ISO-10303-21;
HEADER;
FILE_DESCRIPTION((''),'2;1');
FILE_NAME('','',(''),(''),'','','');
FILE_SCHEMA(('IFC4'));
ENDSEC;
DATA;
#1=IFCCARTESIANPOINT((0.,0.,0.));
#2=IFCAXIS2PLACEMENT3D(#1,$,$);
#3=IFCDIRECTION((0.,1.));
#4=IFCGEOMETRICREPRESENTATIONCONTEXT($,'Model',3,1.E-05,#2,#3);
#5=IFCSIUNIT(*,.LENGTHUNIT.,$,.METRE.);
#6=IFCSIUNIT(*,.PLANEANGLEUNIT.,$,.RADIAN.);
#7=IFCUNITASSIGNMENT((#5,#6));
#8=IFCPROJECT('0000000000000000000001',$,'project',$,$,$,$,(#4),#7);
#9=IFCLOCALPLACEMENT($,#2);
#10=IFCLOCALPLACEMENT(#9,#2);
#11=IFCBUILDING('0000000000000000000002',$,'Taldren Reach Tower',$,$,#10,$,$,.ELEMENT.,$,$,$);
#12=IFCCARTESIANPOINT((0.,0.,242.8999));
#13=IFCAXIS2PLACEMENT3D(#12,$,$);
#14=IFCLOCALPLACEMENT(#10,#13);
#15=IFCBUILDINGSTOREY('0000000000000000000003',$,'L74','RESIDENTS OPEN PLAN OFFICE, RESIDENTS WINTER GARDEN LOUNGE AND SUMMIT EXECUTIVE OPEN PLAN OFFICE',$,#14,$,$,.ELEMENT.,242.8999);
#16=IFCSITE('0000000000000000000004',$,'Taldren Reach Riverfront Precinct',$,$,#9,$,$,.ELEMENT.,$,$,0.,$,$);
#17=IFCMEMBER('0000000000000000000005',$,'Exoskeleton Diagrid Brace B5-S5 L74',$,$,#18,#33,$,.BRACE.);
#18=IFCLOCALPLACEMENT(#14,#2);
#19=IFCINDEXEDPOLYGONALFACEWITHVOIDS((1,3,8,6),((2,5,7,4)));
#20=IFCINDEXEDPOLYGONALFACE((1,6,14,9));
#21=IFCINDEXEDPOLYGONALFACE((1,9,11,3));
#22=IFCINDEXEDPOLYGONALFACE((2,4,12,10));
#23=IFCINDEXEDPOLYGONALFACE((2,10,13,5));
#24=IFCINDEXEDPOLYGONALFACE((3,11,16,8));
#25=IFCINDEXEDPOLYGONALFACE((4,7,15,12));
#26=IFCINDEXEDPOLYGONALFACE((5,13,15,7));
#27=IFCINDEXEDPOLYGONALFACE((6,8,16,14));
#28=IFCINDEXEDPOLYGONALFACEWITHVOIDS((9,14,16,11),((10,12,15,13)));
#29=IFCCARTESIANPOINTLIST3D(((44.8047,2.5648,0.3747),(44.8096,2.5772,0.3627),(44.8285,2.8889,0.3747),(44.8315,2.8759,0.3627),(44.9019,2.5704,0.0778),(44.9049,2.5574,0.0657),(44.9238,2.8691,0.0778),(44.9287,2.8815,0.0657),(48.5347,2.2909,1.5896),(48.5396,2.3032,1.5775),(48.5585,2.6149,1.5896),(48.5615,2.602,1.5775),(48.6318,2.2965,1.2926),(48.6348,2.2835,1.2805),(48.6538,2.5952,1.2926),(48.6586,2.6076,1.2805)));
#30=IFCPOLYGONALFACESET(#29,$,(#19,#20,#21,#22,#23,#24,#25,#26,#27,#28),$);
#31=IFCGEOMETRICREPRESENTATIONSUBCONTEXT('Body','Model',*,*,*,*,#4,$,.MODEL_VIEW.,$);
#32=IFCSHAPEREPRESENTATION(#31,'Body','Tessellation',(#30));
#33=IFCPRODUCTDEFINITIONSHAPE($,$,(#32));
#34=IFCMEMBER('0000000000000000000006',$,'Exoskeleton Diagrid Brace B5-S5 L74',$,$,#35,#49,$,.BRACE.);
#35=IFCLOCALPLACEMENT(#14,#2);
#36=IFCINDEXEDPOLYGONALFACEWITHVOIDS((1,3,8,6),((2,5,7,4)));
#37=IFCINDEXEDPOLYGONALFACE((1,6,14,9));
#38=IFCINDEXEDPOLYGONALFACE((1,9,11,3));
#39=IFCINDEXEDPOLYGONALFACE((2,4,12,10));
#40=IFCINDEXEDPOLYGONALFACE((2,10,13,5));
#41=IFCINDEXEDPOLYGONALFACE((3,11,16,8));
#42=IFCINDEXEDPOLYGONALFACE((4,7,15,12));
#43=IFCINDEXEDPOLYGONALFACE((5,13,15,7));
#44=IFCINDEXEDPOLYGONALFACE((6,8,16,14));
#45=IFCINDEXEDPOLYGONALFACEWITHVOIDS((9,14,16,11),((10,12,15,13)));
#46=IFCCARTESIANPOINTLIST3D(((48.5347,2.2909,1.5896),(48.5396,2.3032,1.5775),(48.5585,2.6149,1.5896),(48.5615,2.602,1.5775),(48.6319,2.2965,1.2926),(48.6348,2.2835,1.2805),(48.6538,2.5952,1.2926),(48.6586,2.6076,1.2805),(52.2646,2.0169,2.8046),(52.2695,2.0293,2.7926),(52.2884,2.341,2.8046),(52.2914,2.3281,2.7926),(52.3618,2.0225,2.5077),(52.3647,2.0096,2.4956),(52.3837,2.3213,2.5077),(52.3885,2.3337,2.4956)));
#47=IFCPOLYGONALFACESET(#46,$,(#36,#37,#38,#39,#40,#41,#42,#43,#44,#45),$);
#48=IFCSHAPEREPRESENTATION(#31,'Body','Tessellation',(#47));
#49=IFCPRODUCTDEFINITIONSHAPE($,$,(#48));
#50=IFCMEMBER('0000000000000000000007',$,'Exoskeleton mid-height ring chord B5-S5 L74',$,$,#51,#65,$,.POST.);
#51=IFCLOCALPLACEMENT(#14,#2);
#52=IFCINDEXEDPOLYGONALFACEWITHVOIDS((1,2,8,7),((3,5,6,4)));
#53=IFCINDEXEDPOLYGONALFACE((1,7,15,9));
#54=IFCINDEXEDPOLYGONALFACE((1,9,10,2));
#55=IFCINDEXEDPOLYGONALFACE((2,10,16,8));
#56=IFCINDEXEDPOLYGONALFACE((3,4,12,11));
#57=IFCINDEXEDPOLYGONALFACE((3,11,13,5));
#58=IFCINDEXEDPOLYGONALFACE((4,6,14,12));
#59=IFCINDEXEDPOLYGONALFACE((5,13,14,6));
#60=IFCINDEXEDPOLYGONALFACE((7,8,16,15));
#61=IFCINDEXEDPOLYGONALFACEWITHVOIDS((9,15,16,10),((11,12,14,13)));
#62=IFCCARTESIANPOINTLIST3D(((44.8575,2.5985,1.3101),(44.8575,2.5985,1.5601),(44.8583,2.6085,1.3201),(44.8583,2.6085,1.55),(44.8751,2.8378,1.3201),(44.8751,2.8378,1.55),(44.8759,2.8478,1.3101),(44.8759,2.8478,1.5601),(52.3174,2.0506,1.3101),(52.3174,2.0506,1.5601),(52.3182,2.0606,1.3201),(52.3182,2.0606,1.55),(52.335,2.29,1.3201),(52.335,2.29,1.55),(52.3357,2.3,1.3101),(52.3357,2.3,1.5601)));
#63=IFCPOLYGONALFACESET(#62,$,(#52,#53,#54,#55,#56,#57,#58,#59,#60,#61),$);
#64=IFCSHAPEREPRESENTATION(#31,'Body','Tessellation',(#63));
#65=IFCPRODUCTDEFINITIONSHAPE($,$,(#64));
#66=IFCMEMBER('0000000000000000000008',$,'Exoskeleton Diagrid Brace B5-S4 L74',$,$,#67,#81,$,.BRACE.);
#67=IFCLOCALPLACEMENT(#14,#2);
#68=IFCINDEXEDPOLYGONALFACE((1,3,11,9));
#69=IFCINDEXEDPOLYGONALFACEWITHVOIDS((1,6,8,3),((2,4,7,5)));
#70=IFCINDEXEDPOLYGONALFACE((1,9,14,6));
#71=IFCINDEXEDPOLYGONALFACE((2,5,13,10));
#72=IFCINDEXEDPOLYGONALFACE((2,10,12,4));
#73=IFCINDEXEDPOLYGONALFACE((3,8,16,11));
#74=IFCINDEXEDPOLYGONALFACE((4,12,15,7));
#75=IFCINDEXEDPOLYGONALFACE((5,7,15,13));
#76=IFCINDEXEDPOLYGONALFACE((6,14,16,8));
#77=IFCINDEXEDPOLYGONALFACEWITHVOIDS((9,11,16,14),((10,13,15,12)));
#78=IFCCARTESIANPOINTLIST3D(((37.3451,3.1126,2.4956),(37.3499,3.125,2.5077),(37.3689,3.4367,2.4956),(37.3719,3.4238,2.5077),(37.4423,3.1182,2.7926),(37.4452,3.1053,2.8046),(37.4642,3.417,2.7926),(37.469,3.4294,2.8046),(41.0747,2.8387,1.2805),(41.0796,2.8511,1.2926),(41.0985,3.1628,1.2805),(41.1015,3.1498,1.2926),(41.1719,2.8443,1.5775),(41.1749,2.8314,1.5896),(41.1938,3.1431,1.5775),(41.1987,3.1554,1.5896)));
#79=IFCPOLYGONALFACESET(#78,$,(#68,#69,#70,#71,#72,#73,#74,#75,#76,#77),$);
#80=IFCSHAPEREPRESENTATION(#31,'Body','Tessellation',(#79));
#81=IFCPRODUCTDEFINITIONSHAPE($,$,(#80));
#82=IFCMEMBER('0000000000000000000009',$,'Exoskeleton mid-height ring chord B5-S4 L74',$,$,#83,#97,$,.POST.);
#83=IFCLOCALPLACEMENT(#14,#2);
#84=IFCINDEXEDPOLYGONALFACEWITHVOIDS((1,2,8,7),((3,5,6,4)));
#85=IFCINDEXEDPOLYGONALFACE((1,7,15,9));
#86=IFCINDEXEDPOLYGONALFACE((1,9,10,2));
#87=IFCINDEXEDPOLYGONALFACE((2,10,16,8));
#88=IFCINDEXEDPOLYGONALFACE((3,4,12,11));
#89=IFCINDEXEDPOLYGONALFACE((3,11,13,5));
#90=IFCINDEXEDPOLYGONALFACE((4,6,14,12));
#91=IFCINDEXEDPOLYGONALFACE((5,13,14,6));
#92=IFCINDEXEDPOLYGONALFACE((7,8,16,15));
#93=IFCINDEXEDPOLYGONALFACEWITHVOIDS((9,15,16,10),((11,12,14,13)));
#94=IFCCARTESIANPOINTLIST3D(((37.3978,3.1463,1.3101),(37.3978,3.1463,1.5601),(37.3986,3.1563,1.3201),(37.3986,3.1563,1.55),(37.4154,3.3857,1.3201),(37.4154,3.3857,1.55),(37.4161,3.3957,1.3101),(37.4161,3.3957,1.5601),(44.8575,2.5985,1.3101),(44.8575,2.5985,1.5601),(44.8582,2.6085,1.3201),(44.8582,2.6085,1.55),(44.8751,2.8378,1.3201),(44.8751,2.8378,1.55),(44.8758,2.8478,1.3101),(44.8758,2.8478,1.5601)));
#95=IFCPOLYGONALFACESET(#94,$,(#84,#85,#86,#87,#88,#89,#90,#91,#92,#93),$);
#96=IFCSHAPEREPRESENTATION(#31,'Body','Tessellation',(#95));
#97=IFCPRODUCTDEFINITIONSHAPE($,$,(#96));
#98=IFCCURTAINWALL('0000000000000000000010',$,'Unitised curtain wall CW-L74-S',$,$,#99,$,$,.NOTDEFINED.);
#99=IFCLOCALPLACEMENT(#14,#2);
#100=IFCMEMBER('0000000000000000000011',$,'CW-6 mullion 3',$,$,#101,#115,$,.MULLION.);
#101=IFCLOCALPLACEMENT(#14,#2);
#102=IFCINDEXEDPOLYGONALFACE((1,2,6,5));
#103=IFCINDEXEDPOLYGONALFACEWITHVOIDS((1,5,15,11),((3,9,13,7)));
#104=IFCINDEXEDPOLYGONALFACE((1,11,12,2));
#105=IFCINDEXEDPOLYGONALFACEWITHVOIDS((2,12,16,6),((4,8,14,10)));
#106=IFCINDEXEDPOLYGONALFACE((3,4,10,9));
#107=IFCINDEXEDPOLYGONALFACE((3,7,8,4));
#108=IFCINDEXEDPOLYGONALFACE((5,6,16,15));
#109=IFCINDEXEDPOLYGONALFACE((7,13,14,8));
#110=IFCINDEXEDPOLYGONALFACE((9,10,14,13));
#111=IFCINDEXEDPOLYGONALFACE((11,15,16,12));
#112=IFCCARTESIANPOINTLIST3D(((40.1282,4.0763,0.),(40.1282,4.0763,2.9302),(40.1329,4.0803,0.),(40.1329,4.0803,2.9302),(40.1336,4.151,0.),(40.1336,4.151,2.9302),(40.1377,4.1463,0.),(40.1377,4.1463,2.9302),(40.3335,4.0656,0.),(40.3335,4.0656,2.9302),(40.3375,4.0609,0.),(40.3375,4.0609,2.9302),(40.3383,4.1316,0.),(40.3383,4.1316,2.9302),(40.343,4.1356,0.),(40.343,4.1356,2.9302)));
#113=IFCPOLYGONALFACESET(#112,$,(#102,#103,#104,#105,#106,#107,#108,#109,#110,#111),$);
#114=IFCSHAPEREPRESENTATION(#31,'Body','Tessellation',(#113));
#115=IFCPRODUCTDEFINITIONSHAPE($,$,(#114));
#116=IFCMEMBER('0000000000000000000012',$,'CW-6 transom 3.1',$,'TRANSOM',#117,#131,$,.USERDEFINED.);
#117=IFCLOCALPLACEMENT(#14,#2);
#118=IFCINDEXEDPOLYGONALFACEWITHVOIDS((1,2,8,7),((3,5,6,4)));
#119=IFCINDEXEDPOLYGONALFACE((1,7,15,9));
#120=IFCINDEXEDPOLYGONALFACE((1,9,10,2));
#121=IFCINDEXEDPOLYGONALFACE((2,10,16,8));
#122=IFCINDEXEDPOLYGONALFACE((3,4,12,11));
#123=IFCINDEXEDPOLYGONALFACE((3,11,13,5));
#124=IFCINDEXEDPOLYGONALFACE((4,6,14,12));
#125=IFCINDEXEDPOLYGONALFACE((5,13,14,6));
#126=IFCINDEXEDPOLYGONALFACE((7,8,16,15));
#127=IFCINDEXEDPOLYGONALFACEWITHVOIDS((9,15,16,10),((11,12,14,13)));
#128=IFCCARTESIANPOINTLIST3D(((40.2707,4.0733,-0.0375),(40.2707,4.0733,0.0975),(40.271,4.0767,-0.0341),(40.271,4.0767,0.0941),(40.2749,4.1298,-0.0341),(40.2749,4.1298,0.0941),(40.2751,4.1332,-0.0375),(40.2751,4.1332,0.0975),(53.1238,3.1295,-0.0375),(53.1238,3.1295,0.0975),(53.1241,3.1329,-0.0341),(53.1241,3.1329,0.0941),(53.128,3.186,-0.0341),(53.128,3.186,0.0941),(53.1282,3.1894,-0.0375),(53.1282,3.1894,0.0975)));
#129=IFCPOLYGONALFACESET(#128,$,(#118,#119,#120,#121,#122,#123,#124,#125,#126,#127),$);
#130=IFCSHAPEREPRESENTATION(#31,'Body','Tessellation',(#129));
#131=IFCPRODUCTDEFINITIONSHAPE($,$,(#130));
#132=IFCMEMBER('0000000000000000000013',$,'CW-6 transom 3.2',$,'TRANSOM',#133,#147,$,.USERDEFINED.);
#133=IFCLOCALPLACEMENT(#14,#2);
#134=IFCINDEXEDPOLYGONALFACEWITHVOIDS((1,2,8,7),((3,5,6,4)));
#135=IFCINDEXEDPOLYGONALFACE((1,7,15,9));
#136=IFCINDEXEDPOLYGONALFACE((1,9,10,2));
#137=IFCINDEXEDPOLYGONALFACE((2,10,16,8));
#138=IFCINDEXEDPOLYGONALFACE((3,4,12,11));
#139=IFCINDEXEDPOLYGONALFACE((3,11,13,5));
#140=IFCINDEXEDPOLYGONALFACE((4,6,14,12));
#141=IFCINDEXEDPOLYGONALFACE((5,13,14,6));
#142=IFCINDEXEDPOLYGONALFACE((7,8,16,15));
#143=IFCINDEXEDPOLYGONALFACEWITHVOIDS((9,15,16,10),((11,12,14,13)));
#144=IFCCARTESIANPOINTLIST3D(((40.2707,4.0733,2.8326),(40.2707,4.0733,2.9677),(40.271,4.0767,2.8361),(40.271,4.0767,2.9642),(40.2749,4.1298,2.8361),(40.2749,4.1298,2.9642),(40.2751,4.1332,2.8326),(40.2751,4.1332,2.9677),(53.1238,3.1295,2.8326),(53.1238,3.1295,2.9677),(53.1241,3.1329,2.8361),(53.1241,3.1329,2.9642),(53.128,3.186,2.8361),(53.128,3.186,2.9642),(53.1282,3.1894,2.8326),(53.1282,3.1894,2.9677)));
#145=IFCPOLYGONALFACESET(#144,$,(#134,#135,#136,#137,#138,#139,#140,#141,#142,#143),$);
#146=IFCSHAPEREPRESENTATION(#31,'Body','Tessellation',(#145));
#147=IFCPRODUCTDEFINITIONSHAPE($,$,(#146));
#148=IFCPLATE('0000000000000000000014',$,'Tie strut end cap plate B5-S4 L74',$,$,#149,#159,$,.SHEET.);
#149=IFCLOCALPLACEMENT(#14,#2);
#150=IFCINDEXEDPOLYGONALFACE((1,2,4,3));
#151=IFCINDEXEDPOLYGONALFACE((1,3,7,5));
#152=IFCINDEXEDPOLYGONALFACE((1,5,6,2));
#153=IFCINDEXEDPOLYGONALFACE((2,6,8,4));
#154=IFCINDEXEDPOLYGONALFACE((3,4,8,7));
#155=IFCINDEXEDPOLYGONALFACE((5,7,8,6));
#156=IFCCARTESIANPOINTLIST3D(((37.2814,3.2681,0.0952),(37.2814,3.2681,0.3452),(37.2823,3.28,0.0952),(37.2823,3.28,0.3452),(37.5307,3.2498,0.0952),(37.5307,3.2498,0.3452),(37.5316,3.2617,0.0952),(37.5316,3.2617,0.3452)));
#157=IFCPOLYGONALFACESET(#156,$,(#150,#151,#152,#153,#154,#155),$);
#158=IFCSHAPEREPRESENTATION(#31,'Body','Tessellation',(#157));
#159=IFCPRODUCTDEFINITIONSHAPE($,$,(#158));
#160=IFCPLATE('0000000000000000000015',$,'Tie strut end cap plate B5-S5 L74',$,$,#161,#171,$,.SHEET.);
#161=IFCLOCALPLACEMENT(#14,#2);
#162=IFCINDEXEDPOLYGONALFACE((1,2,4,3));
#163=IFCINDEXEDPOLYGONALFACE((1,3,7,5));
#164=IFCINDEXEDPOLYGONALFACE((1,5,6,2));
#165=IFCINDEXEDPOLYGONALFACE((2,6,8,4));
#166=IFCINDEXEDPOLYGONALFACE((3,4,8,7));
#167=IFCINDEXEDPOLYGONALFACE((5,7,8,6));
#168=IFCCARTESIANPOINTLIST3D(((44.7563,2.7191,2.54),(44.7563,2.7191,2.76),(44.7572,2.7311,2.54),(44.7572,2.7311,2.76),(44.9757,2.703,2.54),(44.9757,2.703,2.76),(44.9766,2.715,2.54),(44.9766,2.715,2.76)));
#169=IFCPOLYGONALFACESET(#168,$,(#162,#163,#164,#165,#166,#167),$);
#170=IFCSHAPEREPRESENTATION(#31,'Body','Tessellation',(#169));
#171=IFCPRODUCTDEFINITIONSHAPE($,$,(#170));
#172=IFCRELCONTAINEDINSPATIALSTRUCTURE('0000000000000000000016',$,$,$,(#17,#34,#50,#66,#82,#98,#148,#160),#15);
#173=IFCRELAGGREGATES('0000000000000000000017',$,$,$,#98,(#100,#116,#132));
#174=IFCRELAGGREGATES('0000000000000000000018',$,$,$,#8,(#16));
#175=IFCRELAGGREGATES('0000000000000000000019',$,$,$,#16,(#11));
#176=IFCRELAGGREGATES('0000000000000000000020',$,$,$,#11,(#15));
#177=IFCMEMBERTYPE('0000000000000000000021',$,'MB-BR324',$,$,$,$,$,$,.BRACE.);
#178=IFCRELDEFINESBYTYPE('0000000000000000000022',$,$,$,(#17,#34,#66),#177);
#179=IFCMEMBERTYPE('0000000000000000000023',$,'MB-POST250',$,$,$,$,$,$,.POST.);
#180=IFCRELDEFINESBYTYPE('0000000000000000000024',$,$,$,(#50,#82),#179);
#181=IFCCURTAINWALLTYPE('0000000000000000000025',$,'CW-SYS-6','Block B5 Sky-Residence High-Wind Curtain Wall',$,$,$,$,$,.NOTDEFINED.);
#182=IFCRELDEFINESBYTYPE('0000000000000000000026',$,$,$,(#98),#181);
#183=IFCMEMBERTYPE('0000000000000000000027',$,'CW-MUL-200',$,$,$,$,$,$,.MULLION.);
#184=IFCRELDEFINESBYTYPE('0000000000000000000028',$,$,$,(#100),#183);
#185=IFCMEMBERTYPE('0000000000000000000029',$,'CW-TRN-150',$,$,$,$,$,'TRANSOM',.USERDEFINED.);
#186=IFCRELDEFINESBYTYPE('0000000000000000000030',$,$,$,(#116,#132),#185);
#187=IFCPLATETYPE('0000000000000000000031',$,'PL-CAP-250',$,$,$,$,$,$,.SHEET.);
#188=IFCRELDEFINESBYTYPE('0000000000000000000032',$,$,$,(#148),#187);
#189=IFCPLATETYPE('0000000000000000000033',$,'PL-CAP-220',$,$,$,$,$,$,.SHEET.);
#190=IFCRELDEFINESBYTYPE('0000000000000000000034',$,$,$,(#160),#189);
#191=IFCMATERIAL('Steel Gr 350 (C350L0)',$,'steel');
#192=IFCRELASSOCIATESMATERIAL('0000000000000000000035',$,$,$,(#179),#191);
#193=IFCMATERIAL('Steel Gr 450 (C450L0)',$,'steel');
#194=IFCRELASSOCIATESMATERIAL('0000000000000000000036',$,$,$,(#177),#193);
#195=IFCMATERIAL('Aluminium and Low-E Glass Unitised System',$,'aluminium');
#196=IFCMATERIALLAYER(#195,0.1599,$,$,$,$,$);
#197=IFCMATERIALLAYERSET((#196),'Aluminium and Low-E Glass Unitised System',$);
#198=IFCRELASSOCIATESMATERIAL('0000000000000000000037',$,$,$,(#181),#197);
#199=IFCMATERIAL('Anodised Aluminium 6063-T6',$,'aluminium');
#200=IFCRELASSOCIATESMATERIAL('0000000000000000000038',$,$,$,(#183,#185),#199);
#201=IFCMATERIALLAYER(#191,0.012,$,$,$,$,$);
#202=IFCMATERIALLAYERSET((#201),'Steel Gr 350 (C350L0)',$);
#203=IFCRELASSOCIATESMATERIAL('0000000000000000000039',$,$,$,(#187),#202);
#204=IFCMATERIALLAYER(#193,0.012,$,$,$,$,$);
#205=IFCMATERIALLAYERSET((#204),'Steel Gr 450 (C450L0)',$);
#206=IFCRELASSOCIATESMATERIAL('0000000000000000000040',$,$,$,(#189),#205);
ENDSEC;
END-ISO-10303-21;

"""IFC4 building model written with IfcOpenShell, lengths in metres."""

from ifc_helpers import new_model, si_unit, direction, frame, origin, origin_2d, place, context, subcontext, project, spatial, rectangle, hollow_rectangle, extrude, source, transform, mapped, material, layer, layer_set, material_profile, profile_set, type_object, element, aggregate, save


model = new_model("IFC4")

# Units and contexts
model_context = context("Model", 3, precision=1e-05, world=origin(), true_north=direction((0.0, 1.0)))
body_context = subcontext(model_context, "Body", "Model", "MODEL_VIEW")
ifc_project = project(units=[si_unit("LENGTHUNIT", "METRE"), si_unit("PLANEANGLEUNIT", "RADIAN")], contexts=[model_context])

# Site, building, storey
site_placement = place(None, origin())
site = spatial("IfcSite", under=ifc_project, at=site_placement, Name="Taldren Reach Riverfront Precinct", CompositionType="ELEMENT", RefElevation=0.0)
building_placement = place(site_placement, origin())
building = spatial("IfcBuilding", under=site, at=building_placement, Name="Taldren Reach Tower", CompositionType="ELEMENT")
storey_placement = place(building_placement, frame((0.0, 0.0, 242.8999)))
storey = spatial("IfcBuildingStorey", under=building, at=storey_placement, Name="L74", Description="RESIDENTS OPEN PLAN OFFICE, RESIDENTS WINTER GARDEN LOUNGE AND SUMMIT EXECUTIVE OPEN PLAN OFFICE", CompositionType="ELEMENT", Elevation=242.8999)

# Shared definitions
ifc_material_1 = material(Name="Steel Gr 350 (C350L0)", Category="steel")
ifc_material_profile_1 = material_profile(ifc_material_1, hollow_rectangle(XDim=0.25, YDim=0.25, WallThickness=0.01, at=origin_2d()), Name="250x250x10.0SHS")
ifc_profile_set_1 = profile_set([ifc_material_profile_1], Name="Steel Gr 350 (C350L0)")
member_type_1 = type_object("IfcMemberType", Name="MB-POST250", PredefinedType="POST", material=ifc_profile_set_1)
ifc_material_2 = material(Name="Steel Gr 450 (C450L0)", Category="steel")

# Members
ifc_material_profile_2 = material_profile(ifc_material_2, hollow_rectangle(XDim=0.325, YDim=0.325, WallThickness=0.0127, at=origin_2d()), Name="325x325x12.7SHS")
ifc_profile_set_2 = profile_set([ifc_material_profile_2], Name="Steel Gr 450 (C450L0)")
member_type_2 = type_object("IfcMemberType", Name="MB-BR324", PredefinedType="BRACE", material=ifc_profile_set_2)
shared_shape_1 = source(origin(), body_context, "Body", "SweptSolid", [
    extrude(hollow_rectangle(XDim=0.325, YDim=0.325, WallThickness=0.0127, at=origin_2d()), origin(), (0.0, 0.0, 1.0), 3.9324),
])
for number, where, z_axis, x_axis, name in (
    (1, (44.8667, 2.7231, 0.2202), (0.948529, -0.069659, 0.308933), (0.073242, 0.997314, 0.0), "Exoskeleton Diagrid Brace B5-S5 L74"),
    (2, (48.5967, 2.4492, 1.4351), (0.948511, -0.069658, 0.308989), (0.073242, 0.997314, 0.0), "Exoskeleton Diagrid Brace B5-S5 L74"),
):
    element("IfcMember", number, at=place(storey_placement, frame(where, z_axis=z_axis, x_axis=x_axis)), inside=storey, type_object=member_type_2, Name=name, PredefinedType="BRACE", context=body_context, shape_type="MappedRepresentation", body=[
        mapped(shared_shape_1, transform((0.0, 0.0, 0.0), scale=1.0)),
    ])
shared_shape_2 = source(origin(), body_context, "Body", "SweptSolid", [
    extrude(hollow_rectangle(XDim=0.25, YDim=0.25, WallThickness=0.01, at=origin_2d()), origin(), (0.0, 0.0, 1.0), 7.48),
])
member_1_placement = place(storey_placement, frame((44.8667, 2.7231, 1.4351), z_axis=(0.997314, -0.073242, 0.0), x_axis=(0.073242, 0.997314, 0.0)))
element("IfcMember", 3, at=member_1_placement, inside=storey, type_object=member_type_1, Name="Exoskeleton mid-height ring chord B5-S5 L74", PredefinedType="POST", context=body_context, shape_type="MappedRepresentation", body=[
    mapped(shared_shape_2, transform((0.0, 0.0, 0.0), scale=1.0)),
])
shared_shape_3 = source(origin(), body_context, "Body", "SweptSolid", [
    extrude(hollow_rectangle(XDim=0.325, YDim=0.325, WallThickness=0.0127, at=origin_2d()), origin(), (0.0, 0.0, 1.0), 3.9321),
])
member_2_placement = place(storey_placement, frame((41.1367, 2.9971, 1.4351), z_axis=(-0.948505, 0.069662, 0.309008), x_axis=(-0.073246, -0.997314, 0.0)))
element("IfcMember", 4, at=member_2_placement, inside=storey, type_object=member_type_2, Name="Exoskeleton Diagrid Brace B5-S4 L74", PredefinedType="BRACE", context=body_context, shape_type="MappedRepresentation", body=[
    mapped(shared_shape_3, transform((0.0, 0.0, 0.0), scale=1.0)),
])
shared_shape_4 = source(origin(), body_context, "Body", "SweptSolid", [
    extrude(hollow_rectangle(XDim=0.25, YDim=0.25, WallThickness=0.01, at=origin_2d()), origin(), (0.0, 0.0, 1.0), 7.4797),
])
member_3_placement = place(storey_placement, frame((37.407, 3.271, 1.4351), z_axis=(0.997314, -0.073244, 0.0), x_axis=(0.073244, 0.997314, 0.0)))
element("IfcMember", 5, at=member_3_placement, inside=storey, type_object=member_type_1, Name="Exoskeleton mid-height ring chord B5-S4 L74", PredefinedType="POST", context=body_context, shape_type="MappedRepresentation", body=[
    mapped(shared_shape_4, transform((0.0, 0.0, 0.0), scale=1.0)),
])

# Curtain wall, members
ifc_material_3 = material(Name="Aluminium and Low-E Glass Unitised System", Category="aluminium")
ifc_layer_1 = layer(ifc_material_3, 0.1599)
ifc_layer_set_1 = layer_set([ifc_layer_1], Name="Aluminium and Low-E Glass Unitised System")
curtain_wall_type = type_object("IfcCurtainWallType", Name="CW-SYS-6", Description="Block B5 Sky-Residence High-Wind Curtain Wall", PredefinedType="NOTDEFINED", material=ifc_layer_set_1)
curtain_wall_placement = place(storey_placement, origin())
curtain_wall = element("IfcCurtainWall", 6, at=curtain_wall_placement, inside=storey, type_object=curtain_wall_type, Name="Unitised curtain wall CW-L74-S", PredefinedType="NOTDEFINED")
ifc_material_4 = material(Name="Anodised Aluminium 6063-T6", Category="aluminium")
ifc_material_profile_3 = material_profile(ifc_material_4, hollow_rectangle(XDim=0.075, YDim=0.21, WallThickness=0.0044, at=origin_2d()), Name="ALU-210x75x4.5RHS")
ifc_profile_set_3 = profile_set([ifc_material_profile_3], Name="Anodised Aluminium 6063-T6")
member_type_3 = type_object("IfcMemberType", Name="CW-MUL-200", PredefinedType="MULLION", material=ifc_profile_set_3)
shared_shape_5 = source(origin(), body_context, "Body", "SweptSolid", [
    extrude(hollow_rectangle(XDim=0.075, YDim=0.21, WallThickness=0.0044, at=origin_2d()), origin(), (0.0, 0.0, 1.0), 2.9302),
])
member_4_placement = place(storey_placement, frame((40.2356, 4.106, 0.0), z_axis=(0.0, 0.0, 1.0), x_axis=(0.073238, 0.997314, 0.0)))
member_4 = element("IfcMember", 7, at=member_4_placement, type_object=member_type_3, Name="CW-6 mullion 3", PredefinedType="MULLION", context=body_context, shape_type="MappedRepresentation", body=[
    mapped(shared_shape_5, transform((0.0, 0.0, 0.0), scale=1.0)),
])
ifc_material_profile_4 = material_profile(ifc_material_4, hollow_rectangle(XDim=0.0601, YDim=0.135, WallThickness=0.0034, at=origin_2d()), Name="ALU-135x60x3.5RHS")
ifc_profile_set_4 = profile_set([ifc_material_profile_4], Name="Anodised Aluminium 6063-T6")
member_type_4 = type_object("IfcMemberType", Name="CW-TRN-150", ElementType="TRANSOM", PredefinedType="USERDEFINED", material=ifc_profile_set_4)
shared_shape_6 = source(origin(), body_context, "Body", "SweptSolid", [
    extrude(hollow_rectangle(XDim=0.0601, YDim=0.135, WallThickness=0.0034, at=origin_2d()), origin(), (0.0, 0.0, 1.0), 12.8877),
])
member_5_placement = place(storey_placement, frame((40.2729, 4.1033, 0.03), z_axis=(0.997315, -0.073237, 0.0), x_axis=(0.073237, 0.997315, 0.0)))
member_5 = element("IfcMember", 8, at=member_5_placement, type_object=member_type_4, Name="CW-6 transom 3.1", ObjectType="TRANSOM", PredefinedType="USERDEFINED", context=body_context, shape_type="MappedRepresentation", body=[
    mapped(shared_shape_6, transform((0.0, 0.0, 0.0), scale=1.0)),
])
member_6_placement = place(storey_placement, frame((40.2729, 4.1033, 2.9001), z_axis=(0.997315, -0.073237, 0.0), x_axis=(0.073237, 0.997315, 0.0)))
member_6 = element("IfcMember", 9, at=member_6_placement, type_object=member_type_4, Name="CW-6 transom 3.2", ObjectType="TRANSOM", PredefinedType="USERDEFINED", context=body_context, shape_type="MappedRepresentation", body=[
    mapped(shared_shape_6, transform((0.0, 0.0, 0.0), scale=1.0)),
])

# Plates
ifc_layer_2 = layer(ifc_material_1, 0.012)
ifc_layer_set_2 = layer_set([ifc_layer_2], Name="Steel Gr 350 (C350L0)")
plate_type_1 = type_object("IfcPlateType", Name="PL-CAP-250", PredefinedType="SHEET", material=ifc_layer_set_2)
shared_shape_7 = source(origin(), body_context, "Body", "SweptSolid", [
    extrude(rectangle(XDim=0.25, YDim=0.012, at=origin_2d()), origin(), (0.0, 0.0, 1.0), 0.25),
])
plate_1_placement = place(storey_placement, frame((37.4065, 3.2649, 0.0952), z_axis=(0.0, 0.0, 1.0), x_axis=(0.997314, -0.073238, 0.0)))
element("IfcPlate", 10, at=plate_1_placement, inside=storey, type_object=plate_type_1, Name="Tie strut end cap plate B5-S4 L74", PredefinedType="SHEET", context=body_context, shape_type="MappedRepresentation", body=[
    mapped(shared_shape_7, transform((0.0, 0.0, 0.0), scale=1.0)),
])
ifc_layer_3 = layer(ifc_material_2, 0.012)
ifc_layer_set_3 = layer_set([ifc_layer_3], Name="Steel Gr 450 (C450L0)")
plate_type_2 = type_object("IfcPlateType", Name="PL-CAP-220", PredefinedType="SHEET", material=ifc_layer_set_3)
shared_shape_8 = source(origin(), body_context, "Body", "SweptSolid", [
    extrude(rectangle(XDim=0.22, YDim=0.012, at=origin_2d()), origin(), (0.0, 0.0, 1.0), 0.22),
])
plate_2_placement = place(storey_placement, frame((44.8665, 2.717, 2.54), z_axis=(0.0, 0.0, 1.0), x_axis=(0.997314, -0.073238, 0.0)))
element("IfcPlate", 11, at=plate_2_placement, inside=storey, type_object=plate_type_2, Name="Tie strut end cap plate B5-S5 L74", PredefinedType="SHEET", context=body_context, shape_type="MappedRepresentation", body=[
    mapped(shared_shape_8, transform((0.0, 0.0, 0.0), scale=1.0)),
])

aggregate(curtain_wall, [member_4, member_5, member_6])

save(model, "model.ifc")
